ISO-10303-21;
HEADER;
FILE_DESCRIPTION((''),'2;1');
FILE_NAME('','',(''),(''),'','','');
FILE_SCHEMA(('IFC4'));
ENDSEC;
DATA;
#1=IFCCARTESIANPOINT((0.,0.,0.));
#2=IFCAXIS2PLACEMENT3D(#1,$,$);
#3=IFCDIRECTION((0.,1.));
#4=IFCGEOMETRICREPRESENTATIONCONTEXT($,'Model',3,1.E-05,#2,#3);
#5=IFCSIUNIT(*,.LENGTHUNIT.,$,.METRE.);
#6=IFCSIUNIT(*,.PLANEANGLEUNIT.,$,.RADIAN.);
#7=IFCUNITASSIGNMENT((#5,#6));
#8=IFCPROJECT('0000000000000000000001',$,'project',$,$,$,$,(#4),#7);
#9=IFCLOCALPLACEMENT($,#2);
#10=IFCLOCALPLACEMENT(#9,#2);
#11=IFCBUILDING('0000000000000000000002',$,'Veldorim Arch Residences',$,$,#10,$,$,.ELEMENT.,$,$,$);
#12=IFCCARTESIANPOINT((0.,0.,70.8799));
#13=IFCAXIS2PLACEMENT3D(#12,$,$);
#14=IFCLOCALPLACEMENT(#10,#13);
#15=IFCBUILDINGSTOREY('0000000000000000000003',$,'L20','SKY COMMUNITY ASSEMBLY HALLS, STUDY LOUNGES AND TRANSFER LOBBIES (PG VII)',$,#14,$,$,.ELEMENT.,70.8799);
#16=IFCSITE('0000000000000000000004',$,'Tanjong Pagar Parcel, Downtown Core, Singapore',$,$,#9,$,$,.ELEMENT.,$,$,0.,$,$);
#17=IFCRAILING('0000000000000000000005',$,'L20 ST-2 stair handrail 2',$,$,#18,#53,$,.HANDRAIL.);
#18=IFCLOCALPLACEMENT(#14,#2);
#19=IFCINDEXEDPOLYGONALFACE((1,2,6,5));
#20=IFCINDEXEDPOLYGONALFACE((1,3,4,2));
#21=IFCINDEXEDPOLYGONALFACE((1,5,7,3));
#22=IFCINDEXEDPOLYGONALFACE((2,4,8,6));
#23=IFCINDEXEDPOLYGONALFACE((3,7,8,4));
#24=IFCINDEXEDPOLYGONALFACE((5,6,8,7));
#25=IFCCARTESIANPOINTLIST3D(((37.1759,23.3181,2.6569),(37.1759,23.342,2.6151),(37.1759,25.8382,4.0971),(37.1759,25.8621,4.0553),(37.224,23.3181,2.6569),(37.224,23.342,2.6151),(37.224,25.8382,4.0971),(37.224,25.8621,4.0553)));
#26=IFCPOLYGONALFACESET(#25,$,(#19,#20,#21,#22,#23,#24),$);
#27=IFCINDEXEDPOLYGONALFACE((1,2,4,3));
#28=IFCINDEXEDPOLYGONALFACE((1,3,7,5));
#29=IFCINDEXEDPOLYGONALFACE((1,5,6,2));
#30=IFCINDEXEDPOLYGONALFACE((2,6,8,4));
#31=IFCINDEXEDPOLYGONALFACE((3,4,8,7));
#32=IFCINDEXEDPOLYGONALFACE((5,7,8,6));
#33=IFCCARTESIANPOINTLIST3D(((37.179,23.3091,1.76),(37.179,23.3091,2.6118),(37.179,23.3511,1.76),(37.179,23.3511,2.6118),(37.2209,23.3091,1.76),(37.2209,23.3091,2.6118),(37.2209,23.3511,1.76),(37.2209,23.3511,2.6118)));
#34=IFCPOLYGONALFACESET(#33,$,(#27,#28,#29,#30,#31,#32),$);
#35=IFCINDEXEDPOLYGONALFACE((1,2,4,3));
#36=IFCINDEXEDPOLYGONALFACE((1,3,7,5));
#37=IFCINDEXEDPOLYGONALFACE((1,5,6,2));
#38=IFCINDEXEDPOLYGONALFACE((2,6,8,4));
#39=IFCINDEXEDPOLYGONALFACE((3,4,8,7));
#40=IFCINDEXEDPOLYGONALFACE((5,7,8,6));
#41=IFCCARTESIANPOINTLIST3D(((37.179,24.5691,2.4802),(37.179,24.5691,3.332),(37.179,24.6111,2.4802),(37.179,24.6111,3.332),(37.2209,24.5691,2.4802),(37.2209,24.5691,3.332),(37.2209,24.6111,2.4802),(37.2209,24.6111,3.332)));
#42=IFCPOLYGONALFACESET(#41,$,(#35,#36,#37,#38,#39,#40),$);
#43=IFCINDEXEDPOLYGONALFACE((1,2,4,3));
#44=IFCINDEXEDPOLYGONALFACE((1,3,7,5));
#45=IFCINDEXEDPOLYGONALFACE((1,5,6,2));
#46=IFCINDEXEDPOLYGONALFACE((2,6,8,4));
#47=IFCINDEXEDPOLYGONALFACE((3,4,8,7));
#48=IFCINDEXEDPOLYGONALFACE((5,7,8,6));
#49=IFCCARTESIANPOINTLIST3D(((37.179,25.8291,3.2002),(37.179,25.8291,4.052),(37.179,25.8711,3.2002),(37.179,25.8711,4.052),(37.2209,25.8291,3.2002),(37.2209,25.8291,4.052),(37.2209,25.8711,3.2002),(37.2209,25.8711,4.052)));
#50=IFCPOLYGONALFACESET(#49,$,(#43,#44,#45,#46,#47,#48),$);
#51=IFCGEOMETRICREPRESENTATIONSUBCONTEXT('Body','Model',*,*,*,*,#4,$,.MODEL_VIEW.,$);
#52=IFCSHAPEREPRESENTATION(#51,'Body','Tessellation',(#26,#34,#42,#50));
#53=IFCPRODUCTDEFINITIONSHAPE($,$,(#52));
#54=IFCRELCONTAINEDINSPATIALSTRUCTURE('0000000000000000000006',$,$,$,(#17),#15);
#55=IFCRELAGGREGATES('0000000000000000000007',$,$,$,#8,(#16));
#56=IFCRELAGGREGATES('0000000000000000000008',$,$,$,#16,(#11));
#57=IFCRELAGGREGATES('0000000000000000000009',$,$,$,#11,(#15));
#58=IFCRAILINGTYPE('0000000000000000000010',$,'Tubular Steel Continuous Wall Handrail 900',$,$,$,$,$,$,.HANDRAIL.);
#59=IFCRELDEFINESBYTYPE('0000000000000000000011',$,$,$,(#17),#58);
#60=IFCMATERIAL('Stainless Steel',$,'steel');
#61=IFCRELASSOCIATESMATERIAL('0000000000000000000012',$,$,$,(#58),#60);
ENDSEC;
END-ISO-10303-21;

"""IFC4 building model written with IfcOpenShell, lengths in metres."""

from ifc_helpers import new_model, si_unit, direction, frame, origin, origin_2d, place, context, subcontext, project, spatial, rectangle, extrude, material, type_object, element, save


model = new_model("IFC4")

# Units and contexts
model_context = context("Model", 3, precision=1e-05, world=origin(), true_north=direction((0.0, 1.0)))
body_context = subcontext(model_context, "Body", "Model", "MODEL_VIEW")
ifc_project = project(units=[si_unit("LENGTHUNIT", "METRE"), si_unit("PLANEANGLEUNIT", "RADIAN")], contexts=[model_context])

# Site, building, storey
site_placement = place(None, origin())
site = spatial("IfcSite", under=ifc_project, at=site_placement, Name="Tanjong Pagar Parcel, Downtown Core, Singapore", CompositionType="ELEMENT", RefElevation=0.0)
building_placement = place(site_placement, origin())
building = spatial("IfcBuilding", under=site, at=building_placement, Name="Veldorim Arch Residences", CompositionType="ELEMENT")
storey_placement = place(building_placement, frame((0.0, 0.0, 70.8799)))
storey = spatial("IfcBuildingStorey", under=building, at=storey_placement, Name="L20", Description="SKY COMMUNITY ASSEMBLY HALLS, STUDY LOUNGES AND TRANSFER LOBBIES (PG VII)", CompositionType="ELEMENT", Elevation=70.8799)

# Railing
ifc_material_1 = material(Name="Stainless Steel", Category="steel")
railing_type_1 = type_object("IfcRailingType", Name="Tubular Steel Continuous Wall Handrail 900", PredefinedType="HANDRAIL", material=ifc_material_1)
railing_1_placement = place(storey_placement, frame((37.2, 23.3301, 1.76)))
element("IfcRailing", 1, at=railing_1_placement, inside=storey, type_object=railing_type_1, Name="L20 ST-2 stair handrail 2", PredefinedType="HANDRAIL", context=body_context, shape_type="SweptSolid", body=[
    extrude(rectangle(XDim=0.0481, YDim=0.0481, at=origin_2d()), frame((0.0, 0.0, 0.876), z_axis=(0.0, 0.868217, 0.496184), x_axis=(-1.0, 0.0, 0.0)), (0.0, 0.0, 1.0), 2.9026),
    extrude(rectangle(XDim=0.042, YDim=0.042, at=origin_2d()), origin(), (0.0, 0.0, 1.0), 0.8518),
    extrude(rectangle(XDim=0.042, YDim=0.042, at=origin_2d()), frame((0.0, 1.26, 0.7202)), (0.0, 0.0, 1.0), 0.8518),
    extrude(rectangle(XDim=0.042, YDim=0.042, at=origin_2d()), frame((0.0, 2.52, 1.4402)), (0.0, 0.0, 1.0), 0.8518),
])

save(model, "model.ifc")
